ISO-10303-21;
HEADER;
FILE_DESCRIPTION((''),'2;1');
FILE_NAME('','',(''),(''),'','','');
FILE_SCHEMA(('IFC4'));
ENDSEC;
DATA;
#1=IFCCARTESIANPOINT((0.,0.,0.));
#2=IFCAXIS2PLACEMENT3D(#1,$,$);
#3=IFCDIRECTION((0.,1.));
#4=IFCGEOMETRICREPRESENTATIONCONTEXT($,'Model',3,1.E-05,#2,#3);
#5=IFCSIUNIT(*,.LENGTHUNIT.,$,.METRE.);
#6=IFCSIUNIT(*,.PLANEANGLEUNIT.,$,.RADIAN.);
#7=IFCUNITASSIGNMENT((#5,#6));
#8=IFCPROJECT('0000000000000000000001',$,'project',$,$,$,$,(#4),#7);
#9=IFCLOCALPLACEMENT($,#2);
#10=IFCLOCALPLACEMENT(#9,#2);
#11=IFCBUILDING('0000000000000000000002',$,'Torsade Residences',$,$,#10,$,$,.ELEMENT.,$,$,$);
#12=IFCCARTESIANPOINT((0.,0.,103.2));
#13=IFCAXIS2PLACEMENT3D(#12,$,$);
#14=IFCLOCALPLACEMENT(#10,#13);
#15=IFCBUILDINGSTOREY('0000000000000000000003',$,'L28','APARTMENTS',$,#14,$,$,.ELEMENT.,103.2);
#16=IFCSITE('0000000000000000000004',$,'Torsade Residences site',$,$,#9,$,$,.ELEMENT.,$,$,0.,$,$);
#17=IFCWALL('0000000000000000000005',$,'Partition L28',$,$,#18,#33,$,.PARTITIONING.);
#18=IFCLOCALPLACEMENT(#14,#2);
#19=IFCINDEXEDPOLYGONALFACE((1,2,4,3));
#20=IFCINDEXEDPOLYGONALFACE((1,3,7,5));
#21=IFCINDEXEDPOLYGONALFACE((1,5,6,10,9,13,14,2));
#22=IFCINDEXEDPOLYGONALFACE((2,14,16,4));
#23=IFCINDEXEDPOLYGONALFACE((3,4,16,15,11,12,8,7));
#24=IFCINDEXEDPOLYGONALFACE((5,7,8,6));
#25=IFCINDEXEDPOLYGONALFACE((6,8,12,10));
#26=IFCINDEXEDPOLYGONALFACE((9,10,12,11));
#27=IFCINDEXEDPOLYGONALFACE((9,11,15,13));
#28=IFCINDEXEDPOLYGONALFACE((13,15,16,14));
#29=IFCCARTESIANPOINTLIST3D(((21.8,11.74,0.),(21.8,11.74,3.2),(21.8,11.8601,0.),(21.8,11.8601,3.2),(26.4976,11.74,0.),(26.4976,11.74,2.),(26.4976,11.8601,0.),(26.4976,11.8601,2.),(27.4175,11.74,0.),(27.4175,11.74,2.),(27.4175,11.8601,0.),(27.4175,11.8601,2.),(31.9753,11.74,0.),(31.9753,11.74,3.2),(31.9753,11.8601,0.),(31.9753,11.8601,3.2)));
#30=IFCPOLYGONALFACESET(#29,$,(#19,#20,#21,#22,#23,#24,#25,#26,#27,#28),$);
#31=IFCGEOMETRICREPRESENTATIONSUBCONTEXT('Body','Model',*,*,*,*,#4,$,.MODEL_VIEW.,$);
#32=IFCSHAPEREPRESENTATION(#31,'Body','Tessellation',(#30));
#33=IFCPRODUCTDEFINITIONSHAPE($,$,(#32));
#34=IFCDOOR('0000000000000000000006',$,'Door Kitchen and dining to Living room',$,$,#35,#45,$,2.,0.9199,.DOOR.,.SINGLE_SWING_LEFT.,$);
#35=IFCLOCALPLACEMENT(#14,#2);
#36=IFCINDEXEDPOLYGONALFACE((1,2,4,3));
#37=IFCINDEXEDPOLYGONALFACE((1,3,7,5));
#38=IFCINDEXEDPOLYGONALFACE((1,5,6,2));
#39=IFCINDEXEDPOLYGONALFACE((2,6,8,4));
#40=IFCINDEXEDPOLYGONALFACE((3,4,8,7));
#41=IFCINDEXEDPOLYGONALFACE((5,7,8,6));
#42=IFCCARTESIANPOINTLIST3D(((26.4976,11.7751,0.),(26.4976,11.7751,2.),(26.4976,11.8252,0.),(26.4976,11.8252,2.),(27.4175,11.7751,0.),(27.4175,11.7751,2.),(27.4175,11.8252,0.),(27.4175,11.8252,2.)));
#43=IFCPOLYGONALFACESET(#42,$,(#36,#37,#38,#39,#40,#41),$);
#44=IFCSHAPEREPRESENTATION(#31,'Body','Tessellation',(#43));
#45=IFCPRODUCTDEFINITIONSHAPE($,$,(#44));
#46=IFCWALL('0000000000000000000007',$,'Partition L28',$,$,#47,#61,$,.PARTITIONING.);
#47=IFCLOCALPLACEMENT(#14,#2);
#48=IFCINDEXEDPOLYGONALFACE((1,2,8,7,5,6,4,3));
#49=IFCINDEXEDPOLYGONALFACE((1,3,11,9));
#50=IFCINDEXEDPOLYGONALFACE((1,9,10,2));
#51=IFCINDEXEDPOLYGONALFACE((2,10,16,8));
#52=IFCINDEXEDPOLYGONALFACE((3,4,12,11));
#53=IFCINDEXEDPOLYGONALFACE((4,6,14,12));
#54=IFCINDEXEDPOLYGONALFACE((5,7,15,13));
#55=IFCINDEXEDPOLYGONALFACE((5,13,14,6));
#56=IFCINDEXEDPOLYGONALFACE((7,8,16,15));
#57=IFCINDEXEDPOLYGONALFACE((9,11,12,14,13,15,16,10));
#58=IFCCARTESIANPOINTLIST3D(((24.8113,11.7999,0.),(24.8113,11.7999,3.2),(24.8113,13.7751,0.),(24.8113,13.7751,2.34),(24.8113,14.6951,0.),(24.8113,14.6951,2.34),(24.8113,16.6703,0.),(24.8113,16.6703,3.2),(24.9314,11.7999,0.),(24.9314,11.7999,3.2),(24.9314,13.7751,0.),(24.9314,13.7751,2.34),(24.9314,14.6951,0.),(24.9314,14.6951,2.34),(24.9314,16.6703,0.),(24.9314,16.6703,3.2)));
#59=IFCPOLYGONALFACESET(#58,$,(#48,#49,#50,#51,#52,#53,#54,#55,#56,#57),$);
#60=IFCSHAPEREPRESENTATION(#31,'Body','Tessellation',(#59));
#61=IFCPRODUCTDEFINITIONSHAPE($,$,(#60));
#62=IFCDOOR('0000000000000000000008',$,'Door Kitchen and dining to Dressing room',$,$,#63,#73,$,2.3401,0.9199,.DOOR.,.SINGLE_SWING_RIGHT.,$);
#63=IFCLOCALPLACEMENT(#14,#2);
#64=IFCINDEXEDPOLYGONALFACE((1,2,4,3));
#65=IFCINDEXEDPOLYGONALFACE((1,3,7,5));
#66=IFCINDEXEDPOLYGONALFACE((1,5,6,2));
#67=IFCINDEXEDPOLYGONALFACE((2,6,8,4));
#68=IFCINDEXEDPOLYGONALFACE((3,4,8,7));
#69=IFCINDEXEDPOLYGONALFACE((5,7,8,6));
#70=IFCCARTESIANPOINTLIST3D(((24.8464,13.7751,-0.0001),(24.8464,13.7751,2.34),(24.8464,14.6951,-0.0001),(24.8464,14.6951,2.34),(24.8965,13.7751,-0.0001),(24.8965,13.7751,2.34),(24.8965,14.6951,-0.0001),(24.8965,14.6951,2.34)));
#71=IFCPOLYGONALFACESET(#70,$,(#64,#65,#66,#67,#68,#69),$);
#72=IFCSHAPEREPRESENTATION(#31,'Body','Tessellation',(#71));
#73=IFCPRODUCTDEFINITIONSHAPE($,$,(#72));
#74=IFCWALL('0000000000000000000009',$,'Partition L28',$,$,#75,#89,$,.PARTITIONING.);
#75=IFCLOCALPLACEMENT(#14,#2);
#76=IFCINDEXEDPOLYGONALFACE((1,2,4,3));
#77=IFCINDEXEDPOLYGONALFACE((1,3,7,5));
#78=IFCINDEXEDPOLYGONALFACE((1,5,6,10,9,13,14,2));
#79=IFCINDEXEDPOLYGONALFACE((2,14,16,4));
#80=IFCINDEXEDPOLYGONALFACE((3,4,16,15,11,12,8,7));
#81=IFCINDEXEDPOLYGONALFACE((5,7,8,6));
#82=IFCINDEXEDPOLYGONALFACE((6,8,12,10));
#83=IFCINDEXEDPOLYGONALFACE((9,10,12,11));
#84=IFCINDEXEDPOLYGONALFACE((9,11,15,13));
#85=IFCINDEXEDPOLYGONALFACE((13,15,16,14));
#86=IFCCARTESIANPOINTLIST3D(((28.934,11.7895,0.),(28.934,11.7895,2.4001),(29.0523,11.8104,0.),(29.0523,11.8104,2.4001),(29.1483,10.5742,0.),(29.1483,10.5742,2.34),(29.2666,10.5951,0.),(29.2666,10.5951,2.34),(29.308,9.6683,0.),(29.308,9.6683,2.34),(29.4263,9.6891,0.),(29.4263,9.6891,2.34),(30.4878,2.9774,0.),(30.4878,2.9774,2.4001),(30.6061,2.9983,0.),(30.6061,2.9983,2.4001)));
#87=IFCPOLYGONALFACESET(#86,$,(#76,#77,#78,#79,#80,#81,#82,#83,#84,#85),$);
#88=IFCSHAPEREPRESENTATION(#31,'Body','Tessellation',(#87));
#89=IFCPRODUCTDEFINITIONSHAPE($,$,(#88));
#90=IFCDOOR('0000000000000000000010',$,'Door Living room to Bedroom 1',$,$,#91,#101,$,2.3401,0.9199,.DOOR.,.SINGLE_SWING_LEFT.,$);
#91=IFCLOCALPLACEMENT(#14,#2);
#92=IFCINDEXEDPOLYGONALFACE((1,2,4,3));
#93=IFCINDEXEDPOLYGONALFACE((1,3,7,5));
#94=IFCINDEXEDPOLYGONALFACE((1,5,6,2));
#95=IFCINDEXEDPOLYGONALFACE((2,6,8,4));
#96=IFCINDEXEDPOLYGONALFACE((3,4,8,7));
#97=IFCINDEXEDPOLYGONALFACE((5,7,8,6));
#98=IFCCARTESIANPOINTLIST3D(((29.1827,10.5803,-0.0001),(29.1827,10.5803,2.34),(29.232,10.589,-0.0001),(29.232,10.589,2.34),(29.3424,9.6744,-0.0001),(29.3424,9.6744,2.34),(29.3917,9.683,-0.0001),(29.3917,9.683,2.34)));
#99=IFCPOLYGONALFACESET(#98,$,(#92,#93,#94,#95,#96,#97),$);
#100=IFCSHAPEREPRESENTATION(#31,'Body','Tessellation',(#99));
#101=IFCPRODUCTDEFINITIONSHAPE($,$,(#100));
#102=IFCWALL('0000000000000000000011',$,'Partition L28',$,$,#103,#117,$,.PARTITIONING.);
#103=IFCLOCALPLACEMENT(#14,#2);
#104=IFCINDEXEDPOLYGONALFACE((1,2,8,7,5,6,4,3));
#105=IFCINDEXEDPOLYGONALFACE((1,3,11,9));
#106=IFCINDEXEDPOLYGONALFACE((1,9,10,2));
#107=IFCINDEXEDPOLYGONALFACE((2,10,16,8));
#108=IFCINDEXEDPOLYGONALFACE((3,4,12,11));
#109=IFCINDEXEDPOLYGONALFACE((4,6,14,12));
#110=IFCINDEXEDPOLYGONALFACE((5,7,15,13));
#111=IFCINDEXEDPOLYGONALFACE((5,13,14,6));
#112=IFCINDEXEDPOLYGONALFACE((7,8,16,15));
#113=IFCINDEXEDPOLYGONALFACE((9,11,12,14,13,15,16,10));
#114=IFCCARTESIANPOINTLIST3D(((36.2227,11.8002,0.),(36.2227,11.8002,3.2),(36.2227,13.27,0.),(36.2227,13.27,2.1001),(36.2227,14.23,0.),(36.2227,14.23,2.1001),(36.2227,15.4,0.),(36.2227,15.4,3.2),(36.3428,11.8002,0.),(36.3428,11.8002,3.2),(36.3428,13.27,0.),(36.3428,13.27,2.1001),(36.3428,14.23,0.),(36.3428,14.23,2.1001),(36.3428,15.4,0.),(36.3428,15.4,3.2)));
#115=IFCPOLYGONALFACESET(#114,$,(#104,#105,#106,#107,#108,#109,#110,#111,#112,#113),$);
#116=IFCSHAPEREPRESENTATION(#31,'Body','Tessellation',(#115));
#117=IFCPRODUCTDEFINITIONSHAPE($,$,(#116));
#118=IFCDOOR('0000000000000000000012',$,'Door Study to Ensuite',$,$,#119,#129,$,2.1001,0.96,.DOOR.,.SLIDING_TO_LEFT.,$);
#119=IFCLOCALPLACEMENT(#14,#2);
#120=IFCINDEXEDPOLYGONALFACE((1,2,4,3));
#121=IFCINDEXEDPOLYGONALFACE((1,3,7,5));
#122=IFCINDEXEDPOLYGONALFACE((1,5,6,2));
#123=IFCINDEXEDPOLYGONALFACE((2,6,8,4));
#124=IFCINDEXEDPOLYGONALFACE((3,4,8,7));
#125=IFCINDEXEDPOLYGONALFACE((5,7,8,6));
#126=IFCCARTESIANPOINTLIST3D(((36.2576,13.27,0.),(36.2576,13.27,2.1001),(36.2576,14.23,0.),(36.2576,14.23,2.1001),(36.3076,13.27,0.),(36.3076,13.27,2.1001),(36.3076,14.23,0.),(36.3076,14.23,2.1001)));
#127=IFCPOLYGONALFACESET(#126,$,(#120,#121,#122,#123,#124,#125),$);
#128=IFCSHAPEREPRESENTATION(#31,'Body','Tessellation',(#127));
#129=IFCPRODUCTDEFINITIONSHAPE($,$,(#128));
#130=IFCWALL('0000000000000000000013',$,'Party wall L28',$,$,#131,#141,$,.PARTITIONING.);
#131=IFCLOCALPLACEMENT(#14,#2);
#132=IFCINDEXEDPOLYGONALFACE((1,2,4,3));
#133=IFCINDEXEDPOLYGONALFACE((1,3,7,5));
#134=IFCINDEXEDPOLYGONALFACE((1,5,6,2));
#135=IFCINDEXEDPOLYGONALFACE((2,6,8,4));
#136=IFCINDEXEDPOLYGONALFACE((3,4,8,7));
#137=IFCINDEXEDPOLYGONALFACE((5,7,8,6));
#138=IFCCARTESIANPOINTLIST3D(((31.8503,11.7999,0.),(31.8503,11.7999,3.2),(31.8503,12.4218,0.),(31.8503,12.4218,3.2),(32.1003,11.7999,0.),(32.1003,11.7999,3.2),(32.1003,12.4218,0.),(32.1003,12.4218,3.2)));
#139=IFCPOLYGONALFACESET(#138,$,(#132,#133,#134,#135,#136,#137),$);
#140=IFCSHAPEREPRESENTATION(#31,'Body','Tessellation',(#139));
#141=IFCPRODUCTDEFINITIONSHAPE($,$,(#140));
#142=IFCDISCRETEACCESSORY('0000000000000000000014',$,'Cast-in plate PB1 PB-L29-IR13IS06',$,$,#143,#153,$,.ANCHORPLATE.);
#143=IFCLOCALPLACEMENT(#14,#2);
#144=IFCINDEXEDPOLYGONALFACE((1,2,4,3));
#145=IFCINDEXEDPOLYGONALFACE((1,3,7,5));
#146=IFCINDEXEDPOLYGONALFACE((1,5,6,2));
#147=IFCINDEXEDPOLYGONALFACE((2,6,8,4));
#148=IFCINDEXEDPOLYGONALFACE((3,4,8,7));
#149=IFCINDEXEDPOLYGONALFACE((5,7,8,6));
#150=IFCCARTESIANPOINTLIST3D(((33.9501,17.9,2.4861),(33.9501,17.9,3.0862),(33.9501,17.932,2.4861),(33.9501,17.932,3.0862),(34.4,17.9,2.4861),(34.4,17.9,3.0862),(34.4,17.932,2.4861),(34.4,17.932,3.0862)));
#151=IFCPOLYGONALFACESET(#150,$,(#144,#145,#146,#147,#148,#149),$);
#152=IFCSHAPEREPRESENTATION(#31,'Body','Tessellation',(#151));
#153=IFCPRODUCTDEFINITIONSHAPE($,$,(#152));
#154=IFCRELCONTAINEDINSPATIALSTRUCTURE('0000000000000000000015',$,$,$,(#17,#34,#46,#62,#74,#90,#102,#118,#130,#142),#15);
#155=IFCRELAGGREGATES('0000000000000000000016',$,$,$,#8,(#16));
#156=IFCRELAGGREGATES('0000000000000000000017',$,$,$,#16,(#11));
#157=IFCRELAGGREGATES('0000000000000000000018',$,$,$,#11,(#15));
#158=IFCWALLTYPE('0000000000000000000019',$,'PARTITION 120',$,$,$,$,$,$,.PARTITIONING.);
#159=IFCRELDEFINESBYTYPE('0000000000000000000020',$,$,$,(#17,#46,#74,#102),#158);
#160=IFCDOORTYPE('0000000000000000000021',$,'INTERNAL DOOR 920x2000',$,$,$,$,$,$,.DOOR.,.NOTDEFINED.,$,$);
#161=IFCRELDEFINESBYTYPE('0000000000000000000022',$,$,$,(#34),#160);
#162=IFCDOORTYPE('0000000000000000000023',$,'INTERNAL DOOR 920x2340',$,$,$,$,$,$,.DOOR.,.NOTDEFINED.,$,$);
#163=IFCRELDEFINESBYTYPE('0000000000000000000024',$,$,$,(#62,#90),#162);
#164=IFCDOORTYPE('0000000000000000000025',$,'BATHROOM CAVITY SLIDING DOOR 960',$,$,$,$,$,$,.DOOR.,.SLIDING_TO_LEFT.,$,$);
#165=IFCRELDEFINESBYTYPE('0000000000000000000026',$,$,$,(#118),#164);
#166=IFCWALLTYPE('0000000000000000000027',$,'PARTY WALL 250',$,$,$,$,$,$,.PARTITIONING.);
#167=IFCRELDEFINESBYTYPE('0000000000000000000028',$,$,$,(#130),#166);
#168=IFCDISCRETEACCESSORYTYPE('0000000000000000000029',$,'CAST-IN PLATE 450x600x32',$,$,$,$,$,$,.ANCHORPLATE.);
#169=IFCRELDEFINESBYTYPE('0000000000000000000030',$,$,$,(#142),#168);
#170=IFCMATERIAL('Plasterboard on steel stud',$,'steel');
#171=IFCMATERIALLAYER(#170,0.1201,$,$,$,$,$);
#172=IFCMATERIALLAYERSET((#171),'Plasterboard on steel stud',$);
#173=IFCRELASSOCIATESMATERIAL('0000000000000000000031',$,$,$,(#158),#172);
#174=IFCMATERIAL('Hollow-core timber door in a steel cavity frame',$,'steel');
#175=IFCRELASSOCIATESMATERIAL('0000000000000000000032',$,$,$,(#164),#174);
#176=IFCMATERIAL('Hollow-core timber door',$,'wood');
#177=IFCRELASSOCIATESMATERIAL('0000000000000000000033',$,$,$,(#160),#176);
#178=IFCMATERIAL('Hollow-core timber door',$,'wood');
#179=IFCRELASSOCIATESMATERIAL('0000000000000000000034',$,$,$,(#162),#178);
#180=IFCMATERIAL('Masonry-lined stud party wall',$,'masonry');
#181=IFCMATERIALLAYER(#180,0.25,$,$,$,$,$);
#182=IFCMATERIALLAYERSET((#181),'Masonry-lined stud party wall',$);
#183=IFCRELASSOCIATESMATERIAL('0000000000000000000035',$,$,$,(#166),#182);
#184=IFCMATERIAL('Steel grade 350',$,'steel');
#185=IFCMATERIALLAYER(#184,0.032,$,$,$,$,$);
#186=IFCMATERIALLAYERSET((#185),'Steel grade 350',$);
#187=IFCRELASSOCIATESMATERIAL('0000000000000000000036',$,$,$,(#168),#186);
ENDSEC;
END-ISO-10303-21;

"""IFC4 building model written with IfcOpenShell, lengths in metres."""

from ifc_helpers import new_model, si_unit, direction, frame, frame_2d, origin, origin_2d, place, context, subcontext, project, spatial, rectangle, extrude, material, layer, layer_set, type_object, element, fill, save


model = new_model("IFC4")

# Units and contexts
model_context = context("Model", 3, precision=1e-05, world=origin(), true_north=direction((0.0, 1.0)))
body_context = subcontext(model_context, "Body", "Model", "MODEL_VIEW")
ifc_project = project(units=[si_unit("LENGTHUNIT", "METRE"), si_unit("PLANEANGLEUNIT", "RADIAN")], contexts=[model_context])

# Site, building, storey
site_placement = place(None, origin())
site = spatial("IfcSite", under=ifc_project, at=site_placement, Name="Torsade Residences site", CompositionType="ELEMENT", RefElevation=0.0)
building_placement = place(site_placement, origin())
building = spatial("IfcBuilding", under=site, at=building_placement, Name="Torsade Residences", CompositionType="ELEMENT")
storey_placement = place(building_placement, frame((0.0, 0.0, 103.2)))
storey = spatial("IfcBuildingStorey", under=building, at=storey_placement, Name="L28", Description="APARTMENTS", CompositionType="ELEMENT", Elevation=103.2)

# Walls, openings, doors
ifc_material_1 = material(Name="Plasterboard on steel stud", Category="steel")
ifc_layer_1 = layer(ifc_material_1, 0.1201)
ifc_layer_set_1 = layer_set([ifc_layer_1], Name="Plasterboard on steel stud")
wall_type_1 = type_object("IfcWallType", Name="PARTITION 120", PredefinedType="PARTITIONING", material=ifc_layer_set_1)
ifc_material_2 = material(Name="Hollow-core timber door in a steel cavity frame", Category="steel")
door_type_1 = type_object("IfcDoorType", Name="BATHROOM CAVITY SLIDING DOOR 960", OperationType="SLIDING_TO_LEFT", PredefinedType="DOOR", material=ifc_material_2)
wall_1_placement = place(storey_placement, frame((31.9753, 11.8, 0.0), z_axis=(0.0, 0.0, 1.0), x_axis=(-1.0, 0.0, 0.0)))
wall_1 = element("IfcWall", 1, at=wall_1_placement, inside=storey, type_object=wall_type_1, Name="Partition L28", PredefinedType="PARTITIONING", context=body_context, shape_type="SweptSolid", body=[
    extrude(rectangle(XDim=10.1753, YDim=0.1201, at=frame_2d((5.0876, 0.0))), origin(), (0.0, 0.0, 1.0), 3.2),
])
opening_1_placement = place(wall_1_placement, frame((4.5579, 0.0, 0.0)))
opening_1 = element("IfcOpeningElement", 2, at=opening_1_placement, cuts=wall_1, PredefinedType="OPENING", context=body_context, shape_type="SweptSolid", body=[
    extrude(rectangle(XDim=0.9199, YDim=2.0, at=frame_2d((0.46, 1.0))), frame((0.0, 0.0701, 0.0), z_axis=(0.0, -1.0, 0.0), x_axis=(1.0, 0.0, 0.0)), (0.0, 0.0, 1.0), 0.1401),
])
ifc_material_3 = material(Name="Hollow-core timber door", Category="wood")
door_type_2 = type_object("IfcDoorType", Name="INTERNAL DOOR 920x2000", OperationType="NOTDEFINED", PredefinedType="DOOR", material=ifc_material_3)
door_1_placement = place(opening_1_placement, origin())
door_1 = element("IfcDoor", 3, at=door_1_placement, inside=storey, type_object=door_type_2, Name="Door Kitchen and dining to Living room", OperationType="SINGLE_SWING_LEFT", OverallHeight=2.0, OverallWidth=0.9199, PredefinedType="DOOR", context=body_context, shape_type="SweptSolid", body=[
    extrude(rectangle(XDim=0.9199, YDim=2.0, at=frame_2d((0.46, 1.0))), frame((0.0, 0.0249, 0.0), z_axis=(0.0, -1.0, 0.0), x_axis=(1.0, 0.0, 0.0)), (0.0, 0.0, 1.0), 0.05),
])
fill(opening_1, door_1)
wall_2_placement = place(storey_placement, frame((24.8713, 11.8, 0.0), z_axis=(0.0, 0.0, 1.0), x_axis=(0.0, 1.0, 0.0)))
wall_2 = element("IfcWall", 4, at=wall_2_placement, inside=storey, type_object=wall_type_1, Name="Partition L28", PredefinedType="PARTITIONING", context=body_context, shape_type="SweptSolid", body=[
    extrude(rectangle(XDim=4.8704, YDim=0.1201, at=frame_2d((2.4351, 0.0))), origin(), (0.0, 0.0, 1.0), 3.2),
])
opening_2_placement = place(wall_2_placement, frame((1.9751, 0.0, 0.0)))
opening_2 = element("IfcOpeningElement", 5, at=opening_2_placement, cuts=wall_2, PredefinedType="OPENING", context=body_context, shape_type="SweptSolid", body=[
    extrude(rectangle(XDim=0.9199, YDim=2.3401, at=frame_2d((0.46, 1.1699))), frame((0.0, 0.0701, 0.0), z_axis=(0.0, -1.0, 0.0), x_axis=(1.0, 0.0, 0.0)), (0.0, 0.0, 1.0), 0.1401),
])
ifc_material_4 = material(Name="Hollow-core timber door", Category="wood")
door_type_3 = type_object("IfcDoorType", Name="INTERNAL DOOR 920x2340", OperationType="NOTDEFINED", PredefinedType="DOOR", material=ifc_material_4)
door_2_placement = place(opening_2_placement, origin())
door_2 = element("IfcDoor", 6, at=door_2_placement, inside=storey, type_object=door_type_3, Name="Door Kitchen and dining to Dressing room", OperationType="SINGLE_SWING_RIGHT", OverallHeight=2.3401, OverallWidth=0.9199, PredefinedType="DOOR", context=body_context, shape_type="SweptSolid", body=[
    extrude(rectangle(XDim=0.9199, YDim=2.3401, at=frame_2d((0.46, 1.1699))), frame((0.0, 0.0249, 0.0), z_axis=(0.0, -1.0, 0.0), x_axis=(1.0, 0.0, 0.0)), (0.0, 0.0, 1.0), 0.05),
])
fill(opening_2, door_2)
wall_3_placement = place(storey_placement, frame((28.9932, 11.8, 0.0), z_axis=(0.0, 0.0, 1.0), x_axis=(0.173639, -0.984809, 0.0)))
wall_3 = element("IfcWall", 7, at=wall_3_placement, inside=storey, type_object=wall_type_1, Name="Partition L28", PredefinedType="PARTITIONING", context=body_context, shape_type="SweptSolid", body=[
    extrude(rectangle(XDim=8.948, YDim=0.1201, at=frame_2d((4.4741, 0.0))), origin(), (0.0, 0.0, 1.0), 2.4001),
])
opening_3_placement = place(wall_3_placement, frame((1.2341, 0.0, 0.0)))
opening_3 = element("IfcOpeningElement", 8, at=opening_3_placement, cuts=wall_3, PredefinedType="OPENING", context=body_context, shape_type="SweptSolid", body=[
    extrude(rectangle(XDim=0.9199, YDim=2.3401, at=frame_2d((0.46, 1.1699))), frame((0.0, 0.0701, 0.0), z_axis=(0.0, -1.0, 0.0), x_axis=(1.0, 0.0, 0.0)), (0.0, 0.0, 1.0), 0.1401),
])
door_3_placement = place(opening_3_placement, origin())
door_3 = element("IfcDoor", 9, at=door_3_placement, inside=storey, type_object=door_type_3, Name="Door Living room to Bedroom 1", OperationType="SINGLE_SWING_LEFT", OverallHeight=2.3401, OverallWidth=0.9199, PredefinedType="DOOR", context=body_context, shape_type="SweptSolid", body=[
    extrude(rectangle(XDim=0.9199, YDim=2.3401, at=frame_2d((0.46, 1.1699))), frame((0.0, 0.0249, 0.0), z_axis=(0.0, -1.0, 0.0), x_axis=(1.0, 0.0, 0.0)), (0.0, 0.0, 1.0), 0.05),
])
fill(opening_3, door_3)
wall_4_placement = place(storey_placement, frame((36.2827, 15.3999, 0.0), z_axis=(0.0, 0.0, 1.0), x_axis=(0.0, -1.0, 0.0)))
wall_4 = element("IfcWall", 10, at=wall_4_placement, inside=storey, type_object=wall_type_1, Name="Partition L28", PredefinedType="PARTITIONING", context=body_context, shape_type="SweptSolid", body=[
    extrude(rectangle(XDim=3.5999, YDim=0.1201, at=frame_2d((1.7998, 0.0))), origin(), (0.0, 0.0, 1.0), 3.2),
])
opening_4_placement = place(wall_4_placement, frame((1.1699, 0.0, 0.0)))
opening_4 = element("IfcOpeningElement", 11, at=opening_4_placement, cuts=wall_4, PredefinedType="OPENING", context=body_context, shape_type="SweptSolid", body=[
    extrude(rectangle(XDim=0.96, YDim=2.1001, at=frame_2d((0.48, 1.05))), frame((0.0, 0.0701, 0.0), z_axis=(0.0, -1.0, 0.0), x_axis=(1.0, 0.0, 0.0)), (0.0, 0.0, 1.0), 0.1401),
])
door_4_placement = place(opening_4_placement, origin())
door_4 = element("IfcDoor", 12, at=door_4_placement, inside=storey, type_object=door_type_1, Name="Door Study to Ensuite", OperationType="SLIDING_TO_LEFT", OverallHeight=2.1001, OverallWidth=0.96, PredefinedType="DOOR", context=body_context, shape_type="SweptSolid", body=[
    extrude(rectangle(XDim=0.96, YDim=2.1001, at=frame_2d((0.48, 1.05))), frame((0.0, 0.0249, 0.0), z_axis=(0.0, -1.0, 0.0), x_axis=(1.0, 0.0, 0.0)), (0.0, 0.0, 1.0), 0.05),
])
fill(opening_4, door_4)

# Wall
ifc_material_5 = material(Name="Masonry-lined stud party wall", Category="masonry")
ifc_layer_2 = layer(ifc_material_5, 0.25)
ifc_layer_set_2 = layer_set([ifc_layer_2], Name="Masonry-lined stud party wall")
wall_type_2 = type_object("IfcWallType", Name="PARTY WALL 250", PredefinedType="PARTITIONING", material=ifc_layer_set_2)
wall_5_placement = place(storey_placement, frame((31.9753, 12.4219, 0.0), z_axis=(0.0, 0.0, 1.0), x_axis=(0.0, -1.0, 0.0)))
element("IfcWall", 13, at=wall_5_placement, inside=storey, type_object=wall_type_2, Name="Party wall L28", PredefinedType="PARTITIONING", context=body_context, shape_type="SweptSolid", body=[
    extrude(rectangle(XDim=0.6218, YDim=0.25, at=frame_2d((0.311, 0.0))), origin(), (0.0, 0.0, 1.0), 3.2),
])

# Discrete accessory
ifc_material_6 = material(Name="Steel grade 350", Category="steel")
ifc_layer_3 = layer(ifc_material_6, 0.032)
ifc_layer_set_3 = layer_set([ifc_layer_3], Name="Steel grade 350")
discrete_accessory_type = type_object("IfcDiscreteAccessoryType", Name="CAST-IN PLATE 450x600x32", PredefinedType="ANCHORPLATE", material=ifc_layer_set_3)
discrete_accessory_placement = place(storey_placement, frame((34.175, 17.916, 2.4861), z_axis=(0.0, 0.0, 1.0), x_axis=(1.0, 0.0, 0.0)))
element("IfcDiscreteAccessory", 14, at=discrete_accessory_placement, inside=storey, type_object=discrete_accessory_type, Name="Cast-in plate PB1 PB-L29-IR13IS06", PredefinedType="ANCHORPLATE", context=body_context, shape_type="SweptSolid", body=[
    extrude(rectangle(XDim=0.45, YDim=0.032, at=origin_2d()), origin(), (0.0, 0.0, 1.0), 0.6001),
])

save(model, "model.ifc")
